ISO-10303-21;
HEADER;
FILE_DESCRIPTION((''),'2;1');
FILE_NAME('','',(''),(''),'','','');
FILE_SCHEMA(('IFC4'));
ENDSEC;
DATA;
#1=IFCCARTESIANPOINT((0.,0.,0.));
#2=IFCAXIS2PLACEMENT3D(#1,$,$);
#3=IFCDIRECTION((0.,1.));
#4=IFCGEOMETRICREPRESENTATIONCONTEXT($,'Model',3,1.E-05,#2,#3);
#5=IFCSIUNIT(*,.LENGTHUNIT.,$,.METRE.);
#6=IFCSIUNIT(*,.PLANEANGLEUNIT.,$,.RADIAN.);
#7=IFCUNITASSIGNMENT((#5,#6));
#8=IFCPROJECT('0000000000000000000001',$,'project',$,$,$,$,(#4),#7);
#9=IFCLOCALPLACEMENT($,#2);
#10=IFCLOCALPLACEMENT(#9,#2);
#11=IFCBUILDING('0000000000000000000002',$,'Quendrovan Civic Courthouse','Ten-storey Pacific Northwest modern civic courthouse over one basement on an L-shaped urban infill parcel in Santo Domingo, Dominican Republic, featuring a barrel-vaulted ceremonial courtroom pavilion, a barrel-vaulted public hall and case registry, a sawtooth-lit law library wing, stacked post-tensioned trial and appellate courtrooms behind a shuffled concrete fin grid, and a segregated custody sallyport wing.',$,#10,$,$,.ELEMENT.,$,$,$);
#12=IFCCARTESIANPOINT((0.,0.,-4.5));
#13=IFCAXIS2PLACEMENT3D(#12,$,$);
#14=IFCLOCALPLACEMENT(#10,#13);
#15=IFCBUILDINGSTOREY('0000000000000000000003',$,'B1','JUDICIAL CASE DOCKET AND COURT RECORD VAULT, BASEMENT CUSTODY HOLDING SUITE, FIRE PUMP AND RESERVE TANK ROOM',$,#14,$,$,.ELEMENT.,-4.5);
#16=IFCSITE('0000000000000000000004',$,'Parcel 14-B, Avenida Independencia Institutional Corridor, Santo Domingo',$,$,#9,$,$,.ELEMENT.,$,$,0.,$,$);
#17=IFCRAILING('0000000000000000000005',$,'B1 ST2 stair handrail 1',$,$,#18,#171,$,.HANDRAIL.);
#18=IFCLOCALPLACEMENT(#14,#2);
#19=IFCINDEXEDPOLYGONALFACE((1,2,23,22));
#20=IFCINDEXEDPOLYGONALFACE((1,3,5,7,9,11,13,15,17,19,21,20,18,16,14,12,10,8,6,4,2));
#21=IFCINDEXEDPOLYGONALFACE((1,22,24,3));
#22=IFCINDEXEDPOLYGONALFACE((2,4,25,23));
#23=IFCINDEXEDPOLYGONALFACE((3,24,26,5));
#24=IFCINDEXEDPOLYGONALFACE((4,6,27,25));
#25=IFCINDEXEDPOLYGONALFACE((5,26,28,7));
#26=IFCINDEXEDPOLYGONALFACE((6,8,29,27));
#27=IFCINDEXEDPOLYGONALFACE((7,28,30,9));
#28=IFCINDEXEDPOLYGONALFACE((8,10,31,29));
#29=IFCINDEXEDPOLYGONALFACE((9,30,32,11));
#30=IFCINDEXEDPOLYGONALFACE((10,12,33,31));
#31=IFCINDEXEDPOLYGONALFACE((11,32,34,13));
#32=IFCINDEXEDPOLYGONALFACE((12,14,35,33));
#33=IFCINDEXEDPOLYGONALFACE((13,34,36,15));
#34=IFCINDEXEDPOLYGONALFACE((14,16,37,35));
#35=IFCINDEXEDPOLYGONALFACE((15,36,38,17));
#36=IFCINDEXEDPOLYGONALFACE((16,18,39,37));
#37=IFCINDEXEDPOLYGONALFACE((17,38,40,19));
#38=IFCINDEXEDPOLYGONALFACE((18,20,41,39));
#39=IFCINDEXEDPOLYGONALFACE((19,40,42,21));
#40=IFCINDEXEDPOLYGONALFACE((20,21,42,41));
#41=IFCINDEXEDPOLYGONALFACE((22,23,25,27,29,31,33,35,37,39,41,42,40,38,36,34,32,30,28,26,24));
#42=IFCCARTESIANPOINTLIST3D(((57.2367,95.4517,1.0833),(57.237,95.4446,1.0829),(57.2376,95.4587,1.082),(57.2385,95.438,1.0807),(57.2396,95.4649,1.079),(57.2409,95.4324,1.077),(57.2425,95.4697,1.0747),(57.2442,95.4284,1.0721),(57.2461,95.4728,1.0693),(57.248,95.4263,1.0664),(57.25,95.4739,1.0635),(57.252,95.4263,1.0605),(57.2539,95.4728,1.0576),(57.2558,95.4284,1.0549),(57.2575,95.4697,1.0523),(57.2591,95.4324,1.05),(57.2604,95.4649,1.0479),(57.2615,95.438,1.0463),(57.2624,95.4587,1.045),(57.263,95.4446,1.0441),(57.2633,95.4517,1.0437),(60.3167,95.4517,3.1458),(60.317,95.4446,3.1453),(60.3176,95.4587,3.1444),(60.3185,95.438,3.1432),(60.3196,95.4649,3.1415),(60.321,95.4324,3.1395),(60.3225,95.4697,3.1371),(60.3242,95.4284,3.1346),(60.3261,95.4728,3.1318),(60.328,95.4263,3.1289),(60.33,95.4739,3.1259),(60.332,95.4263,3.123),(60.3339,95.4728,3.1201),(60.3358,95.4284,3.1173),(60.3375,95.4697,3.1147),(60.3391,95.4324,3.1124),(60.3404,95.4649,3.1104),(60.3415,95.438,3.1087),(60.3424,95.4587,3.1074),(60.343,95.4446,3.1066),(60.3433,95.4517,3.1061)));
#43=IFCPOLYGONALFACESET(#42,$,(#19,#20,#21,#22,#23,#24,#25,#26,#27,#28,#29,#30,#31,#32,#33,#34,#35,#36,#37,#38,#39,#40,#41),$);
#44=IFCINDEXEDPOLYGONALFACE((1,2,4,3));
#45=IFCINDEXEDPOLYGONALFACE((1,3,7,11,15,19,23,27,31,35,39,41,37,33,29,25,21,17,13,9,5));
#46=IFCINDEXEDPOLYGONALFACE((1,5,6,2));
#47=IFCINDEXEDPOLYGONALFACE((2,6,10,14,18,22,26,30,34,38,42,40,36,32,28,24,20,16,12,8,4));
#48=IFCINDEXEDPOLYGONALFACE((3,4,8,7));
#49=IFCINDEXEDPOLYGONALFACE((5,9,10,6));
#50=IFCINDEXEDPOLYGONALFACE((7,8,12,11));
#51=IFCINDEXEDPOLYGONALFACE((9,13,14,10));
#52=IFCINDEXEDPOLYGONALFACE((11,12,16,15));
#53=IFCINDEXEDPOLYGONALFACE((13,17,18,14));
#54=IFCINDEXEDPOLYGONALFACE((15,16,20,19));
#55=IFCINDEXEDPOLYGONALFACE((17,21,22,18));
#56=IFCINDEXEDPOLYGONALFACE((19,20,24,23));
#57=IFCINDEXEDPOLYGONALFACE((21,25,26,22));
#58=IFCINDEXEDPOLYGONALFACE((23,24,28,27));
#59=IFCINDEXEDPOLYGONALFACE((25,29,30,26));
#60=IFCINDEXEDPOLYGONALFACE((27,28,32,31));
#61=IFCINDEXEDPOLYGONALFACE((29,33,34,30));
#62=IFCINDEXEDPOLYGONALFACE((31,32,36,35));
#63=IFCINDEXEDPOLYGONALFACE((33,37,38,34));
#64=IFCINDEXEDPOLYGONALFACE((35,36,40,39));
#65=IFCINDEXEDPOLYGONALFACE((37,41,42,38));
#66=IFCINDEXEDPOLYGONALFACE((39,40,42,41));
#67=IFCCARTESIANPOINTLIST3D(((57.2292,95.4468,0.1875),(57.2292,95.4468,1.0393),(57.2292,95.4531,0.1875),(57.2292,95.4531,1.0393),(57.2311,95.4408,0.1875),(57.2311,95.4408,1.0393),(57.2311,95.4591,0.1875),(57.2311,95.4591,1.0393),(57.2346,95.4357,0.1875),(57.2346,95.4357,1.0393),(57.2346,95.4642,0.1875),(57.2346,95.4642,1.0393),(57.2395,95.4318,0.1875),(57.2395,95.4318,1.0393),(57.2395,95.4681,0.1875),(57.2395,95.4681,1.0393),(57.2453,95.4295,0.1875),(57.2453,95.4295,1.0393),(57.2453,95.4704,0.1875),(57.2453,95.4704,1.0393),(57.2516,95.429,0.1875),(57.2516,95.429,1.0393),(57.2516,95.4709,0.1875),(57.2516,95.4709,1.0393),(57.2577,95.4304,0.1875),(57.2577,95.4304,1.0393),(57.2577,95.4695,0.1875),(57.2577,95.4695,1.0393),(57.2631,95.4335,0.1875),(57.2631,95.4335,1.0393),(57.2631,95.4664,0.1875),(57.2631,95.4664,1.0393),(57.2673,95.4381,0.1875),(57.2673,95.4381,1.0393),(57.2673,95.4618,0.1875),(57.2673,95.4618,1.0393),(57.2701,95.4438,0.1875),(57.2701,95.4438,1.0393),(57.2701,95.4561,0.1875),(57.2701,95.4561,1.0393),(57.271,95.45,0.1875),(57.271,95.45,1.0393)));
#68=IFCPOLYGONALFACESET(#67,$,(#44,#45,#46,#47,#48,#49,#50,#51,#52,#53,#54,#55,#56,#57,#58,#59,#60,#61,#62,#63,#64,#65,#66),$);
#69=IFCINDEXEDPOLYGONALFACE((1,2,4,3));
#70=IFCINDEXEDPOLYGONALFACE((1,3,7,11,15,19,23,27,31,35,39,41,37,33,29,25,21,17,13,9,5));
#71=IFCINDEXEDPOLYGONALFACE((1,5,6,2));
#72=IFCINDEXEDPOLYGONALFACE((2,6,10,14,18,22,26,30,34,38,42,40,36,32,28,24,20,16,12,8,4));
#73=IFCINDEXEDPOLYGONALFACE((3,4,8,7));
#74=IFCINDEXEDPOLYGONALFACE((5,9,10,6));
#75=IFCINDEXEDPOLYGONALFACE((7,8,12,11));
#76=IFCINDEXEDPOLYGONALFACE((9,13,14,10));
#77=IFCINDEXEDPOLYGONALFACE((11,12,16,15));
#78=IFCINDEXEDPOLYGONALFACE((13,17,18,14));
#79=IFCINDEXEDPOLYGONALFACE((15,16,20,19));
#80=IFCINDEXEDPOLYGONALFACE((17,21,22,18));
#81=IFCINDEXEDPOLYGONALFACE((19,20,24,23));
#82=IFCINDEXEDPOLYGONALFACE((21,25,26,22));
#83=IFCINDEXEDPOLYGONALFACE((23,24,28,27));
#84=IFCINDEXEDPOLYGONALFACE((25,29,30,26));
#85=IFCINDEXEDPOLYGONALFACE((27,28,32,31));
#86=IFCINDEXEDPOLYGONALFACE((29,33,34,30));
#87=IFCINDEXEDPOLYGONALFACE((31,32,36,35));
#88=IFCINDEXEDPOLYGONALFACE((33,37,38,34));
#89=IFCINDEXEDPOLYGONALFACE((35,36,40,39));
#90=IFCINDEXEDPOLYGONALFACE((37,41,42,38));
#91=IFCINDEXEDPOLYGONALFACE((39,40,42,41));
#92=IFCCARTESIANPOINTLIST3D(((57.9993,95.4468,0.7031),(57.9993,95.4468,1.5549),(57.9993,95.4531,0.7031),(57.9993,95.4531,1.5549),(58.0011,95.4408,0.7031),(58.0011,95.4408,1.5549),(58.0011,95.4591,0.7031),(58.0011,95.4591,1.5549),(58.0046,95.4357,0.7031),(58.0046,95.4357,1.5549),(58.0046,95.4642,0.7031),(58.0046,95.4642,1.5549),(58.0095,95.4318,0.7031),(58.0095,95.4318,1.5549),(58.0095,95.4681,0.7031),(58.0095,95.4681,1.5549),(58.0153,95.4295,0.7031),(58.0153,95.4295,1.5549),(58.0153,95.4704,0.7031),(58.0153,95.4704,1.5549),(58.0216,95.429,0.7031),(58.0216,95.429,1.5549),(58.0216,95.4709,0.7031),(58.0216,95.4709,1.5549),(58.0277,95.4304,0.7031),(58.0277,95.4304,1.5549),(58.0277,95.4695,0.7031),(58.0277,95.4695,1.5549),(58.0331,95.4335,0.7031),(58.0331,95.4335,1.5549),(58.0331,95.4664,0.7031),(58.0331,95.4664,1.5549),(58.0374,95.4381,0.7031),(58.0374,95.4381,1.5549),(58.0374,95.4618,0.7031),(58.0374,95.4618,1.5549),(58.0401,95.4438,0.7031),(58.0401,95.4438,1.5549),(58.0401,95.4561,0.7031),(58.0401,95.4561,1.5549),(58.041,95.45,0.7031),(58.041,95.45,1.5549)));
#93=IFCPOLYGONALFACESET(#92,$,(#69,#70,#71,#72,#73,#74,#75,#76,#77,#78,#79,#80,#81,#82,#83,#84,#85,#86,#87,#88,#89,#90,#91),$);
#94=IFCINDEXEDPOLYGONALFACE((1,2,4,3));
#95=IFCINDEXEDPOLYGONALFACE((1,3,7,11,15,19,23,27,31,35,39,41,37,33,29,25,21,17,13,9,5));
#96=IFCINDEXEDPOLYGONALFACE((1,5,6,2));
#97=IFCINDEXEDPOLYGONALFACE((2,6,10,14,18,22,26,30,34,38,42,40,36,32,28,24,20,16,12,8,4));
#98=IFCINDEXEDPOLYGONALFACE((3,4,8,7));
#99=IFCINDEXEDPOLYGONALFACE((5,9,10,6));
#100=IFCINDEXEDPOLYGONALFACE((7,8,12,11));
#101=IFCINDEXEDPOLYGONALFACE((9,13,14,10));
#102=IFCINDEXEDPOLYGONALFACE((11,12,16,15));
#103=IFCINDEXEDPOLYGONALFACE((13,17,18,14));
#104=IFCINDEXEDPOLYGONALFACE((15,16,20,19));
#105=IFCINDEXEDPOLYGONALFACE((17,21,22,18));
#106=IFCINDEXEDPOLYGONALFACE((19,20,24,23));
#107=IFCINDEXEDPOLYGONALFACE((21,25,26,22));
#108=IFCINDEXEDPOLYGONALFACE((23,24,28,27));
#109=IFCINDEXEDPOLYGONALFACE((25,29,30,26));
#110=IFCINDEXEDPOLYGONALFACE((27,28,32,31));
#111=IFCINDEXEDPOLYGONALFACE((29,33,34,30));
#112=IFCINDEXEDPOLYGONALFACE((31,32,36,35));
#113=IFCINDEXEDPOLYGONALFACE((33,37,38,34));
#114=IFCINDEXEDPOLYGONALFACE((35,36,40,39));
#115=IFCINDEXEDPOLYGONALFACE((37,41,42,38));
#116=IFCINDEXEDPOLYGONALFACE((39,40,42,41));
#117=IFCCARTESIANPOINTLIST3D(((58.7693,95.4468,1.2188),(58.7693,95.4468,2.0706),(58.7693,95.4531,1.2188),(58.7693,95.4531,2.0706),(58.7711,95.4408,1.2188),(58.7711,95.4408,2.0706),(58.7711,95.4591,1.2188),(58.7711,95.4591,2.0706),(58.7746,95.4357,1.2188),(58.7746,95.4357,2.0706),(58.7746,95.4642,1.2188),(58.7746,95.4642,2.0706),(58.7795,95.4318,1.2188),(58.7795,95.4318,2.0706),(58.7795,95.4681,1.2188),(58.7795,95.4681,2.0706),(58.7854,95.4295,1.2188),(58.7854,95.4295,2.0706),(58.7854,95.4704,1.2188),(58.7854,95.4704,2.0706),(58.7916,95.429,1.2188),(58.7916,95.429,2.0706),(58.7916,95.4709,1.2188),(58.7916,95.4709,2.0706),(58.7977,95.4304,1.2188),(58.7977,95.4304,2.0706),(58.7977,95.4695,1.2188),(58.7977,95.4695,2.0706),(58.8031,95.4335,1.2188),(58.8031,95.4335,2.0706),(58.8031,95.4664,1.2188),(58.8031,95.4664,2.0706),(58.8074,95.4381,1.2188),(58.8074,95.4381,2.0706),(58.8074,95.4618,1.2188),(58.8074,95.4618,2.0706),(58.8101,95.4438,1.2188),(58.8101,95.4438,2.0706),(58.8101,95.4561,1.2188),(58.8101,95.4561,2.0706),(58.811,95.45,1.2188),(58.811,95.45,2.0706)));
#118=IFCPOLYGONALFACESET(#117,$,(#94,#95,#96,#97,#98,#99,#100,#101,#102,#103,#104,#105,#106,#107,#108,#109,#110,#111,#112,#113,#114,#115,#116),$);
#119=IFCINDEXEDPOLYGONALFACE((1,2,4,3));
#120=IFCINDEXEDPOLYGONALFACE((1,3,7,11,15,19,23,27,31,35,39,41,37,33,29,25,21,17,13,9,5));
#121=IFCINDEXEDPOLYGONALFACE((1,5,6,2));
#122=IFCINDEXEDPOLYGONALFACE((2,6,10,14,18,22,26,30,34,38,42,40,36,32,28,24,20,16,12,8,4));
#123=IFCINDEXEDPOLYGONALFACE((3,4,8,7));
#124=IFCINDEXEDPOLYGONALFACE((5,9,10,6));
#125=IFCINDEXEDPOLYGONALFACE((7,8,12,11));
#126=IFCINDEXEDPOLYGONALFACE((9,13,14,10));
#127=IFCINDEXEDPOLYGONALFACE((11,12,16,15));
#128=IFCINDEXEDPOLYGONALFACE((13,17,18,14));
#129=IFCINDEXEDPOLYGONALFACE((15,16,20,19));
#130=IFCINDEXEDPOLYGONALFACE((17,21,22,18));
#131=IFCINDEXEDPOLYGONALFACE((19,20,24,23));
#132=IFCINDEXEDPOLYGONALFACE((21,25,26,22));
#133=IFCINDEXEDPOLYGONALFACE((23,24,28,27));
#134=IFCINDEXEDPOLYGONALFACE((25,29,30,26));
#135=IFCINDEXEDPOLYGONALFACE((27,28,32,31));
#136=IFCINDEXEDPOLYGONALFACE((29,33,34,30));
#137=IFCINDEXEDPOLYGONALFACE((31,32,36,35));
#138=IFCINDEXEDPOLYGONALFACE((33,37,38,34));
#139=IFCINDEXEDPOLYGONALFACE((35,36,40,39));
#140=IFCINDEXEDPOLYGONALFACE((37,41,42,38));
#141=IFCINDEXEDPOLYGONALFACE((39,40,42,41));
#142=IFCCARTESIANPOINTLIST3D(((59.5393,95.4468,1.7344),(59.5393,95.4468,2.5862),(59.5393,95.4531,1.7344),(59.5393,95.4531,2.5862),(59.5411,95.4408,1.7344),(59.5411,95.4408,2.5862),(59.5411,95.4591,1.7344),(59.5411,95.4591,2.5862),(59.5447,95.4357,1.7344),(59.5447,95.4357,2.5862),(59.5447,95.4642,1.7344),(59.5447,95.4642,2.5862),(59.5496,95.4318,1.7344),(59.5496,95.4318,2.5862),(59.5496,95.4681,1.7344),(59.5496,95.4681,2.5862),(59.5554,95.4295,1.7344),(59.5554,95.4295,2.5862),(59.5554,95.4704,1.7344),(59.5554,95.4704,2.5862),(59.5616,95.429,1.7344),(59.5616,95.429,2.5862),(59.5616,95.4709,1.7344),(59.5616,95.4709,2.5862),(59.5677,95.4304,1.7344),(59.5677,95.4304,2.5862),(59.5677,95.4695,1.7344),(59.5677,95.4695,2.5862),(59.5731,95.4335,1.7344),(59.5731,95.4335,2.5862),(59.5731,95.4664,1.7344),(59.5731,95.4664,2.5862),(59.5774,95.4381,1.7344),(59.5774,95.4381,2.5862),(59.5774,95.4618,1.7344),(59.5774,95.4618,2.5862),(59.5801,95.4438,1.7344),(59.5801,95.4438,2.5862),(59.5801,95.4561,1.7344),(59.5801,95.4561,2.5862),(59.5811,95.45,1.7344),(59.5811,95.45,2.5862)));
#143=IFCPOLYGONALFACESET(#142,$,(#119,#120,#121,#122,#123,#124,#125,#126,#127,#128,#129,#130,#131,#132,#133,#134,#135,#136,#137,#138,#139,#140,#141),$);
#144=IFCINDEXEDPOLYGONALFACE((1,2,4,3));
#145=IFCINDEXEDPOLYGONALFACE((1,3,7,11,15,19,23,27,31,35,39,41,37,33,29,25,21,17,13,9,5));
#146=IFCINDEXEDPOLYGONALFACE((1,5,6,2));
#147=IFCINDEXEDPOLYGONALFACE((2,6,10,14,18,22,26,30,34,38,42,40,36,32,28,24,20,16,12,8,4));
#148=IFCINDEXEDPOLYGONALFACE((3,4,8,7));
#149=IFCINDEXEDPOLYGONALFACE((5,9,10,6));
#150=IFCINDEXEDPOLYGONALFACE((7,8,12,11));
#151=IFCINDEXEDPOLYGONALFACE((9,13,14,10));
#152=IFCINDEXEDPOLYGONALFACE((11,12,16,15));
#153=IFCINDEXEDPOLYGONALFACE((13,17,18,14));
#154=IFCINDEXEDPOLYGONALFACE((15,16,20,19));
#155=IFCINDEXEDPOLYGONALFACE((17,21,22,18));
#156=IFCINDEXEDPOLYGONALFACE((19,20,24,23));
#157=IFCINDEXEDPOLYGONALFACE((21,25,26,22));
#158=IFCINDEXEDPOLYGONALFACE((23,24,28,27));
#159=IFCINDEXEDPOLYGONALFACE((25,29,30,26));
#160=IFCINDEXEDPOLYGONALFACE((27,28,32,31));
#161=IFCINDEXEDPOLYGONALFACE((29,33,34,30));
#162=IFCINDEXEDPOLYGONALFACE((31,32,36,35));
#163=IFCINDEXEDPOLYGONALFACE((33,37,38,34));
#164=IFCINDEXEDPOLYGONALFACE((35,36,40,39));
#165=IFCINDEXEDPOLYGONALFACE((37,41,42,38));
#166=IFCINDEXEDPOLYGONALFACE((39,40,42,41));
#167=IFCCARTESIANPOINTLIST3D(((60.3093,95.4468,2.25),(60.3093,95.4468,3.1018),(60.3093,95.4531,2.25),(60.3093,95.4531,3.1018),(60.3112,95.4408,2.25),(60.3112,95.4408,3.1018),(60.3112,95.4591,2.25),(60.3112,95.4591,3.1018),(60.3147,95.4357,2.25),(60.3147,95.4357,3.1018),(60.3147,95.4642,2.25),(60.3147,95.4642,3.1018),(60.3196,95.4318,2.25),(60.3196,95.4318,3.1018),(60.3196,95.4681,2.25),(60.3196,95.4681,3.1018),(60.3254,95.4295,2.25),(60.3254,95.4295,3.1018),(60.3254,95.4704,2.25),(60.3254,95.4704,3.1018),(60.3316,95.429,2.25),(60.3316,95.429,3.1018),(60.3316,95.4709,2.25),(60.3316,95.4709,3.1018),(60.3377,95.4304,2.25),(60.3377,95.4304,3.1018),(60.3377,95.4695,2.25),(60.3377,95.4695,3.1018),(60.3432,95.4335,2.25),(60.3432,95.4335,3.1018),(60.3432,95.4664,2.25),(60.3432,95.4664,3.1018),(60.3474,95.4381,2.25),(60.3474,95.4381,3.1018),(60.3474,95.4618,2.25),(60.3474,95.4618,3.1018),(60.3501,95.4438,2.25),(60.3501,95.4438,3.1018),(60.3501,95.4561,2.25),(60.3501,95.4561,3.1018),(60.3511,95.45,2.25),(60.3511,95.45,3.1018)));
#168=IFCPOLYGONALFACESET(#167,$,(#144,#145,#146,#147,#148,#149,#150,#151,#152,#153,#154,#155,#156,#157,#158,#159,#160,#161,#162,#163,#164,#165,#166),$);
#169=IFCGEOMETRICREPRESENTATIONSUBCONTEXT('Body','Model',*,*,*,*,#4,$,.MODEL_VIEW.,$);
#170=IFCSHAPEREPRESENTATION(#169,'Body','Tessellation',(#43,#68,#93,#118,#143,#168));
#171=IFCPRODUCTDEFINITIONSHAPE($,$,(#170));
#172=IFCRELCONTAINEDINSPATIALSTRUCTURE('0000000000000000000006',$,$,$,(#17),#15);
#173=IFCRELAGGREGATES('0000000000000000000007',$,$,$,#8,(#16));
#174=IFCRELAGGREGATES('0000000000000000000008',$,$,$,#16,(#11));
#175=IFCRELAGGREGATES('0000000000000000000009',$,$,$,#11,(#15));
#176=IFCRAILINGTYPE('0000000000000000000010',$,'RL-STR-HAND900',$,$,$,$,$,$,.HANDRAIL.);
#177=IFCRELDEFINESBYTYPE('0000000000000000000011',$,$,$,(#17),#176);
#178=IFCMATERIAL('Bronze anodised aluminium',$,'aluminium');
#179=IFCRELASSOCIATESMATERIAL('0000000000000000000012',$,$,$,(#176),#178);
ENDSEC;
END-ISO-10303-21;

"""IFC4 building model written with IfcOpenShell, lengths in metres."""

from ifc_helpers import new_model, si_unit, direction, frame, origin, origin_2d, place, context, subcontext, project, spatial, circle, extrude, material, type_object, element, save


model = new_model("IFC4")

# Units and contexts
model_context = context("Model", 3, precision=1e-05, world=origin(), true_north=direction((0.0, 1.0)))
body_context = subcontext(model_context, "Body", "Model", "MODEL_VIEW")
ifc_project = project(units=[si_unit("LENGTHUNIT", "METRE"), si_unit("PLANEANGLEUNIT", "RADIAN")], contexts=[model_context])

# Site, building, storey
site_placement = place(None, origin())
site = spatial("IfcSite", under=ifc_project, at=site_placement, Name="Parcel 14-B, Avenida Independencia Institutional Corridor, Santo Domingo", CompositionType="ELEMENT", RefElevation=0.0)
building_placement = place(site_placement, origin())
building = spatial("IfcBuilding", under=site, at=building_placement, Name="Quendrovan Civic Courthouse", Description="Ten-storey Pacific Northwest modern civic courthouse over one basement on an L-shaped urban infill parcel in Santo Domingo, Dominican Republic, featuring a barrel-vaulted ceremonial courtroom pavilion, a barrel-vaulted public hall and case registry, a sawtooth-lit law library wing, stacked post-tensioned trial and appellate courtrooms behind a shuffled concrete fin grid, and a segregated custody sallyport wing.", CompositionType="ELEMENT")
storey_placement = place(building_placement, frame((0.0, 0.0, -4.5)))
storey = spatial("IfcBuildingStorey", under=building, at=storey_placement, Name="B1", Description="JUDICIAL CASE DOCKET AND COURT RECORD VAULT, BASEMENT CUSTODY HOLDING SUITE, FIRE PUMP AND RESERVE TANK ROOM", CompositionType="ELEMENT", Elevation=-4.5)

# Railing
ifc_material_1 = material(Name="Bronze anodised aluminium", Category="aluminium")
railing_type_1 = type_object("IfcRailingType", Name="RL-STR-HAND900", PredefinedType="HANDRAIL", material=ifc_material_1)
railing_1_placement = place(storey_placement, frame((57.25, 95.45, 0.1875)))
element("IfcRailing", 1, at=railing_1_placement, inside=storey, type_object=railing_type_1, Name="B1 ST2 stair handrail 1", PredefinedType="HANDRAIL", context=body_context, shape_type="SweptSolid", body=[
    extrude(circle(Radius=0.0239, at=origin_2d()), frame((0.0, 0.0, 0.876), z_axis=(0.830914, 0.0, 0.556401), x_axis=(0.0, 1.0, 0.0)), (0.0, 0.0, 1.0), 3.7068),
    extrude(circle(Radius=0.021, at=origin_2d()), origin(), (0.0, 0.0, 1.0), 0.8518),
    extrude(circle(Radius=0.021, at=origin_2d()), frame((0.77, 0.0, 0.5156)), (0.0, 0.0, 1.0), 0.8518),
    extrude(circle(Radius=0.021, at=origin_2d()), frame((1.54, 0.0, 1.0312)), (0.0, 0.0, 1.0), 0.8518),
    extrude(circle(Radius=0.021, at=origin_2d()), frame((2.3101, 0.0, 1.5469)), (0.0, 0.0, 1.0), 0.8518),
    extrude(circle(Radius=0.021, at=origin_2d()), frame((3.0801, 0.0, 2.0625)), (0.0, 0.0, 1.0), 0.8518),
])

save(model, "model.ifc")
